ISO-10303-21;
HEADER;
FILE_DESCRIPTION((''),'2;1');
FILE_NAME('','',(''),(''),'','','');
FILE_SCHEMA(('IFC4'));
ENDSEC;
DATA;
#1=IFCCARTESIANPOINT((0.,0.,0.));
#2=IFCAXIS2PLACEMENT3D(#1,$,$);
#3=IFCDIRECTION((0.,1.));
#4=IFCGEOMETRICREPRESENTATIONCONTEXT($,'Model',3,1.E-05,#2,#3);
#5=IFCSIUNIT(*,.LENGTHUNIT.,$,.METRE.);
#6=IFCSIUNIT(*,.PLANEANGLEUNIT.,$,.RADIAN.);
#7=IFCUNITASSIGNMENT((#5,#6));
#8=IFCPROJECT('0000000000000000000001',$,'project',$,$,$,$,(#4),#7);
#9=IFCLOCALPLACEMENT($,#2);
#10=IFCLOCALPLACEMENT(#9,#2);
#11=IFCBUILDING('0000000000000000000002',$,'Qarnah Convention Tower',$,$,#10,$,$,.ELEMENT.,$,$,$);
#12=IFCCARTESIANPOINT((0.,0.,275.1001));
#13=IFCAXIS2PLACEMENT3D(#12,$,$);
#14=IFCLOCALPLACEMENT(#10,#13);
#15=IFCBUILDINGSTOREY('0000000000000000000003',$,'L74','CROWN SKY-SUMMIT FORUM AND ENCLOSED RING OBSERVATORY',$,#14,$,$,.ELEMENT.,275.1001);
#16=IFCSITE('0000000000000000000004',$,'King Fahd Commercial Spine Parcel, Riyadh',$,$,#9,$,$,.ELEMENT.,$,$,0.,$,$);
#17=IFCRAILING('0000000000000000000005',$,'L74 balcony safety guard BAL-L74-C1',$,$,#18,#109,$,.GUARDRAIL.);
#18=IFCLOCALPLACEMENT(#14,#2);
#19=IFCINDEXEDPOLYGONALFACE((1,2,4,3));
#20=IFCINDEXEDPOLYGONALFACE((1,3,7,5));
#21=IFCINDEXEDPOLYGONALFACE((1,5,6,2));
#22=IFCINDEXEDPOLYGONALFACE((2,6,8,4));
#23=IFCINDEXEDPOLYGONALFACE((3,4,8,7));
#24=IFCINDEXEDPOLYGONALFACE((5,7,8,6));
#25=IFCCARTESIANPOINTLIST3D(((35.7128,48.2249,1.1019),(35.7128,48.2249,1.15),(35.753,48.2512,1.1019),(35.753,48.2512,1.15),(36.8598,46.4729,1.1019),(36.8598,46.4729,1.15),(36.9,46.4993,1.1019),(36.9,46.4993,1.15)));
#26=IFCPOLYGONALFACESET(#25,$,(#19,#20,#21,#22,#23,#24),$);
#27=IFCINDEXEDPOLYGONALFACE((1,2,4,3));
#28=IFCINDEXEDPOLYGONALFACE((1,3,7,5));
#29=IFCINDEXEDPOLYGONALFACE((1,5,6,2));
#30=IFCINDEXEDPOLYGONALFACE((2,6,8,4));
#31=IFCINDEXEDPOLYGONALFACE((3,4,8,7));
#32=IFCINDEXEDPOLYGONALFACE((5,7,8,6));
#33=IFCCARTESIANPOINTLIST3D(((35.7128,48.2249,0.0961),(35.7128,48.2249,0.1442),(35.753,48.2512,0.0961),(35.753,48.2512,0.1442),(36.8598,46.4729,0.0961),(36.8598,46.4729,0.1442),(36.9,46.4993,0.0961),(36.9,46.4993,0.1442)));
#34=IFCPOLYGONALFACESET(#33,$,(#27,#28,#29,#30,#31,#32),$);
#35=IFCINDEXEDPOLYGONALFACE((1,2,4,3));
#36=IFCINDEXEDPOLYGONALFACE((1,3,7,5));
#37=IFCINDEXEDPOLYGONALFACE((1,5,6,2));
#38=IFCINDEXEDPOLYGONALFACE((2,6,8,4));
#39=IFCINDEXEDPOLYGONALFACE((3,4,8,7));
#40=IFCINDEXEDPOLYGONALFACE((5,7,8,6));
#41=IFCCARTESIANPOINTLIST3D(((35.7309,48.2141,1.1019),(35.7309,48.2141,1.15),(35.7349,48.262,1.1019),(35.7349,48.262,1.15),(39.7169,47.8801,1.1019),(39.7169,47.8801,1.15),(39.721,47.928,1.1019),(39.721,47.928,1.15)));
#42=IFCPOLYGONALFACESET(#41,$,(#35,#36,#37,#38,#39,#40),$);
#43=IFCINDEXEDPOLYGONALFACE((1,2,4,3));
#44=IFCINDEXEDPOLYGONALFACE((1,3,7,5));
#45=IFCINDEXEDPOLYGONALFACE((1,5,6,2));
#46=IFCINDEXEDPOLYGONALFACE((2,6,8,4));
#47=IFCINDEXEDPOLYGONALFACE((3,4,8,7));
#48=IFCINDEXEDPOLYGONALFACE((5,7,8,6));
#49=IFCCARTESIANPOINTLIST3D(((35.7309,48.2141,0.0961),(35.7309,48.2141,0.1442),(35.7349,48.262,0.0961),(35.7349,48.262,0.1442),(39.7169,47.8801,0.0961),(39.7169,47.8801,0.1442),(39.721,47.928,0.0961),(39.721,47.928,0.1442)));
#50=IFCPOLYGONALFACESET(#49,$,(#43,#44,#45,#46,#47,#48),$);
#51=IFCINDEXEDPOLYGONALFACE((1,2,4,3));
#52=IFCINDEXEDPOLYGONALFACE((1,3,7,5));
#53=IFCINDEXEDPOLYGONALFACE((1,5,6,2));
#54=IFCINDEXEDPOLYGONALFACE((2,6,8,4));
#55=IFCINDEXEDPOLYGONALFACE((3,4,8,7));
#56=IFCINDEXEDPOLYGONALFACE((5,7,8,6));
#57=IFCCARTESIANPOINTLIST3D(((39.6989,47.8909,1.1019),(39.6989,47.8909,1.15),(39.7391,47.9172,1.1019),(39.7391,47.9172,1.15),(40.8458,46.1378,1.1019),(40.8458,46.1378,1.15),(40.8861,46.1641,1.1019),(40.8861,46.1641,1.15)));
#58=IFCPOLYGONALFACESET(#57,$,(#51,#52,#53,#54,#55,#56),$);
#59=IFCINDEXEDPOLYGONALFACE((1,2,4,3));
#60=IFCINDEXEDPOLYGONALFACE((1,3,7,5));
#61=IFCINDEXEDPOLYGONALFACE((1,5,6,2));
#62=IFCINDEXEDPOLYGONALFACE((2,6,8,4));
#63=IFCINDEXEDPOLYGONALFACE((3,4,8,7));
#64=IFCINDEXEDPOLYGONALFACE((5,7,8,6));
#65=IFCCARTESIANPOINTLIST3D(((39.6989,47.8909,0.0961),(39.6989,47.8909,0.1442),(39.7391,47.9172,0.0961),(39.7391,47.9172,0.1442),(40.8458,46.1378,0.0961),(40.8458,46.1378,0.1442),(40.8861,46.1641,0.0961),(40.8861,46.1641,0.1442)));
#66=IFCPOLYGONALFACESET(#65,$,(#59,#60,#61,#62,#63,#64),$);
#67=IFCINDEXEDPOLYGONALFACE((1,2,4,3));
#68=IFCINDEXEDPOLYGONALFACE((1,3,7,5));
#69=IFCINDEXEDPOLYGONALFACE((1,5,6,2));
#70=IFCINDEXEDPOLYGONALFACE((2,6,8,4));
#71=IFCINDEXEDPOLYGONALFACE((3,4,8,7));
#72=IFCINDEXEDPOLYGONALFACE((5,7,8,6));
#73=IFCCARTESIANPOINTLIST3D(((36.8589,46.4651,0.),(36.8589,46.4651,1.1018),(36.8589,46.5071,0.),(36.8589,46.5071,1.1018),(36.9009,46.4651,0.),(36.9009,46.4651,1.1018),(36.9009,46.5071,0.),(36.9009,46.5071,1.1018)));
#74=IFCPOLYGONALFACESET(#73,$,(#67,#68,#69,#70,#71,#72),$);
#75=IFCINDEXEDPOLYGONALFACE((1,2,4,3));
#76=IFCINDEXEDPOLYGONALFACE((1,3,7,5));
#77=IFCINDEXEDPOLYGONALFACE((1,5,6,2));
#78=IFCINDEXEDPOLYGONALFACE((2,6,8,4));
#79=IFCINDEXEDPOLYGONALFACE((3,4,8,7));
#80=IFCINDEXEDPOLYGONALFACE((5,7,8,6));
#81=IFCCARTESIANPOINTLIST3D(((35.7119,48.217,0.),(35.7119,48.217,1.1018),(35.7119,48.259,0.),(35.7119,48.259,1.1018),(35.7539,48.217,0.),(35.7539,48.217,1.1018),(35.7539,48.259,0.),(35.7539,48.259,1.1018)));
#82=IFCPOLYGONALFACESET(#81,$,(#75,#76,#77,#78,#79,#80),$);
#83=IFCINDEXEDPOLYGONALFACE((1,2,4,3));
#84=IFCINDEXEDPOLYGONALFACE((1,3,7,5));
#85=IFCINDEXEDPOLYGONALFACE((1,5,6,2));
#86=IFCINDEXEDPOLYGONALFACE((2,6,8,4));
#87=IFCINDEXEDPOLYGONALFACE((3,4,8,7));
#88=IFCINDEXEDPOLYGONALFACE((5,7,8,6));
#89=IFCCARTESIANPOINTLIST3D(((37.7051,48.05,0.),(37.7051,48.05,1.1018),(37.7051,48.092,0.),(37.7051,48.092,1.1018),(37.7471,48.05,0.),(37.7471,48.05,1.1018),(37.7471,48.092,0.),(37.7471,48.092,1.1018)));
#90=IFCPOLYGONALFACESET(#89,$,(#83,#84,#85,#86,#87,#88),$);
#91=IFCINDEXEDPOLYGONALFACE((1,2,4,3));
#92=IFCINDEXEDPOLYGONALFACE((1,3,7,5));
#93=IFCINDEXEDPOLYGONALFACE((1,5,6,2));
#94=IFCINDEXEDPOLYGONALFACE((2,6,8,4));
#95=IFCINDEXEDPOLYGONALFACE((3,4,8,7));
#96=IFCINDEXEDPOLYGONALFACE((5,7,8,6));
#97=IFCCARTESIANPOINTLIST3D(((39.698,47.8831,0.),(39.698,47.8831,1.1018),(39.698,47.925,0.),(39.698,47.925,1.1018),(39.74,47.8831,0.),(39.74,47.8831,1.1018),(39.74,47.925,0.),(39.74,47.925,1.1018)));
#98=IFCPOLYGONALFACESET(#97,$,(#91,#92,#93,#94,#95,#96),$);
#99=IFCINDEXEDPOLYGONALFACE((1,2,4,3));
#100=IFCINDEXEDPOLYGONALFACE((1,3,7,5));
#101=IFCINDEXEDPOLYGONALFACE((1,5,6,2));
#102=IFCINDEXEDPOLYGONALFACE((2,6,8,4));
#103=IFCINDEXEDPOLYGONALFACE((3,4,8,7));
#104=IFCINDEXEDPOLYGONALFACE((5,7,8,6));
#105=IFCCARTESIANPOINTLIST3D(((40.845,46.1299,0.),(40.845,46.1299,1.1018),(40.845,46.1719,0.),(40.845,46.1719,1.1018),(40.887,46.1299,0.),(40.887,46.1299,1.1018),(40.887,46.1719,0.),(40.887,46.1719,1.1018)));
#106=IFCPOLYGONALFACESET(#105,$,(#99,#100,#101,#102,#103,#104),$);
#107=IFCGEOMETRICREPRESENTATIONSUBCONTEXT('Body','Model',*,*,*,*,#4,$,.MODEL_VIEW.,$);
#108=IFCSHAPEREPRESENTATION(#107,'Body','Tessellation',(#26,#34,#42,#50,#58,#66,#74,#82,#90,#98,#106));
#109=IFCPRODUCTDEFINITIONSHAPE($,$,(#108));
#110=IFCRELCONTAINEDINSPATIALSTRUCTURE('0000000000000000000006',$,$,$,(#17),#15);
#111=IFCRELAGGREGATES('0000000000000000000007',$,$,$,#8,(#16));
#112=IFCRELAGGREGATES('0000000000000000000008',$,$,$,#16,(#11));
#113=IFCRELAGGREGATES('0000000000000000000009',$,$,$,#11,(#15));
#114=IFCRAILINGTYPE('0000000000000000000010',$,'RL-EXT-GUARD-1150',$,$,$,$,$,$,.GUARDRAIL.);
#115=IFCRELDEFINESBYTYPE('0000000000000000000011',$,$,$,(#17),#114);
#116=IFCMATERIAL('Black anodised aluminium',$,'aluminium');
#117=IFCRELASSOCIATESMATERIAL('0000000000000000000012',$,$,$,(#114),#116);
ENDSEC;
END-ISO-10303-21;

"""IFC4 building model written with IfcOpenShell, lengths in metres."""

from ifc_helpers import new_model, si_unit, direction, frame, origin, origin_2d, place, context, subcontext, project, spatial, rectangle, extrude, material, type_object, element, save


model = new_model("IFC4")

# Units and contexts
model_context = context("Model", 3, precision=1e-05, world=origin(), true_north=direction((0.0, 1.0)))
body_context = subcontext(model_context, "Body", "Model", "MODEL_VIEW")
ifc_project = project(units=[si_unit("LENGTHUNIT", "METRE"), si_unit("PLANEANGLEUNIT", "RADIAN")], contexts=[model_context])

# Site, building, storey
site_placement = place(None, origin())
site = spatial("IfcSite", under=ifc_project, at=site_placement, Name="King Fahd Commercial Spine Parcel, Riyadh", CompositionType="ELEMENT", RefElevation=0.0)
building_placement = place(site_placement, origin())
building = spatial("IfcBuilding", under=site, at=building_placement, Name="Qarnah Convention Tower", CompositionType="ELEMENT")
storey_placement = place(building_placement, frame((0.0, 0.0, 275.1001)))
storey = spatial("IfcBuildingStorey", under=building, at=storey_placement, Name="L74", Description="CROWN SKY-SUMMIT FORUM AND ENCLOSED RING OBSERVATORY", CompositionType="ELEMENT", Elevation=275.1001)

# Shared definitions
ifc_material_1 = material(Name="Black anodised aluminium", Category="aluminium")

# Railing
railing_type = type_object("IfcRailingType", Name="RL-EXT-GUARD-1150", PredefinedType="GUARDRAIL", material=ifc_material_1)
railing_1_placement = place(storey_placement, frame((36.8799, 46.4861, 0.0)))
element("IfcRailing", 1, at=railing_1_placement, inside=storey, type_object=railing_type, Name="L74 balcony safety guard BAL-L74-C1", PredefinedType="GUARDRAIL", context=body_context, shape_type="SweptSolid", body=[
    extrude(rectangle(XDim=0.0481, YDim=0.0481, at=origin_2d()), frame((0.0, 0.0, 1.126), z_axis=(-0.547739, 0.836649, 0.0), x_axis=(-0.836649, -0.547739, 0.0)), (0.0, 0.0, 1.0), 2.094),
    extrude(rectangle(XDim=0.0481, YDim=0.0481, at=origin_2d()), frame((0.0, 0.0, 0.1201), z_axis=(-0.547739, 0.836649, 0.0), x_axis=(-0.836649, -0.547739, 0.0)), (0.0, 0.0, 1.0), 2.094),
    extrude(rectangle(XDim=0.0481, YDim=0.0481, at=origin_2d()), frame((-1.147, 1.752, 1.126), z_axis=(0.996508, -0.083495, 0.0), x_axis=(0.083495, 0.996508, 0.0)), (0.0, 0.0, 1.0), 4.0),
    extrude(rectangle(XDim=0.0481, YDim=0.0481, at=origin_2d()), frame((-1.147, 1.752, 0.1201), z_axis=(0.996508, -0.083495, 0.0), x_axis=(0.083495, 0.996508, 0.0)), (0.0, 0.0, 1.0), 4.0),
    extrude(rectangle(XDim=0.0481, YDim=0.0481, at=origin_2d()), frame((2.8391, 1.418, 1.126), z_axis=(0.547472, -0.836824, 0.0), x_axis=(0.836824, 0.547472, 0.0)), (0.0, 0.0, 1.0), 2.095),
    extrude(rectangle(XDim=0.0481, YDim=0.0481, at=origin_2d()), frame((2.8391, 1.418, 0.1201), z_axis=(0.547472, -0.836824, 0.0), x_axis=(0.836824, 0.547472, 0.0)), (0.0, 0.0, 1.0), 2.095),
    extrude(rectangle(XDim=0.042, YDim=0.042, at=origin_2d()), origin(), (0.0, 0.0, 1.0), 1.1018),
    extrude(rectangle(XDim=0.042, YDim=0.042, at=origin_2d()), frame((-1.147, 1.752, 0.0)), (0.0, 0.0, 1.0), 1.1018),
    extrude(rectangle(XDim=0.042, YDim=0.042, at=origin_2d()), frame((0.8462, 1.585, 0.0)), (0.0, 0.0, 1.0), 1.1018),
    extrude(rectangle(XDim=0.042, YDim=0.042, at=origin_2d()), frame((2.8391, 1.418, 0.0)), (0.0, 0.0, 1.0), 1.1018),
    extrude(rectangle(XDim=0.042, YDim=0.042, at=origin_2d()), frame((3.9861, -0.3352, 0.0)), (0.0, 0.0, 1.0), 1.1018),
])

save(model, "model.ifc")
